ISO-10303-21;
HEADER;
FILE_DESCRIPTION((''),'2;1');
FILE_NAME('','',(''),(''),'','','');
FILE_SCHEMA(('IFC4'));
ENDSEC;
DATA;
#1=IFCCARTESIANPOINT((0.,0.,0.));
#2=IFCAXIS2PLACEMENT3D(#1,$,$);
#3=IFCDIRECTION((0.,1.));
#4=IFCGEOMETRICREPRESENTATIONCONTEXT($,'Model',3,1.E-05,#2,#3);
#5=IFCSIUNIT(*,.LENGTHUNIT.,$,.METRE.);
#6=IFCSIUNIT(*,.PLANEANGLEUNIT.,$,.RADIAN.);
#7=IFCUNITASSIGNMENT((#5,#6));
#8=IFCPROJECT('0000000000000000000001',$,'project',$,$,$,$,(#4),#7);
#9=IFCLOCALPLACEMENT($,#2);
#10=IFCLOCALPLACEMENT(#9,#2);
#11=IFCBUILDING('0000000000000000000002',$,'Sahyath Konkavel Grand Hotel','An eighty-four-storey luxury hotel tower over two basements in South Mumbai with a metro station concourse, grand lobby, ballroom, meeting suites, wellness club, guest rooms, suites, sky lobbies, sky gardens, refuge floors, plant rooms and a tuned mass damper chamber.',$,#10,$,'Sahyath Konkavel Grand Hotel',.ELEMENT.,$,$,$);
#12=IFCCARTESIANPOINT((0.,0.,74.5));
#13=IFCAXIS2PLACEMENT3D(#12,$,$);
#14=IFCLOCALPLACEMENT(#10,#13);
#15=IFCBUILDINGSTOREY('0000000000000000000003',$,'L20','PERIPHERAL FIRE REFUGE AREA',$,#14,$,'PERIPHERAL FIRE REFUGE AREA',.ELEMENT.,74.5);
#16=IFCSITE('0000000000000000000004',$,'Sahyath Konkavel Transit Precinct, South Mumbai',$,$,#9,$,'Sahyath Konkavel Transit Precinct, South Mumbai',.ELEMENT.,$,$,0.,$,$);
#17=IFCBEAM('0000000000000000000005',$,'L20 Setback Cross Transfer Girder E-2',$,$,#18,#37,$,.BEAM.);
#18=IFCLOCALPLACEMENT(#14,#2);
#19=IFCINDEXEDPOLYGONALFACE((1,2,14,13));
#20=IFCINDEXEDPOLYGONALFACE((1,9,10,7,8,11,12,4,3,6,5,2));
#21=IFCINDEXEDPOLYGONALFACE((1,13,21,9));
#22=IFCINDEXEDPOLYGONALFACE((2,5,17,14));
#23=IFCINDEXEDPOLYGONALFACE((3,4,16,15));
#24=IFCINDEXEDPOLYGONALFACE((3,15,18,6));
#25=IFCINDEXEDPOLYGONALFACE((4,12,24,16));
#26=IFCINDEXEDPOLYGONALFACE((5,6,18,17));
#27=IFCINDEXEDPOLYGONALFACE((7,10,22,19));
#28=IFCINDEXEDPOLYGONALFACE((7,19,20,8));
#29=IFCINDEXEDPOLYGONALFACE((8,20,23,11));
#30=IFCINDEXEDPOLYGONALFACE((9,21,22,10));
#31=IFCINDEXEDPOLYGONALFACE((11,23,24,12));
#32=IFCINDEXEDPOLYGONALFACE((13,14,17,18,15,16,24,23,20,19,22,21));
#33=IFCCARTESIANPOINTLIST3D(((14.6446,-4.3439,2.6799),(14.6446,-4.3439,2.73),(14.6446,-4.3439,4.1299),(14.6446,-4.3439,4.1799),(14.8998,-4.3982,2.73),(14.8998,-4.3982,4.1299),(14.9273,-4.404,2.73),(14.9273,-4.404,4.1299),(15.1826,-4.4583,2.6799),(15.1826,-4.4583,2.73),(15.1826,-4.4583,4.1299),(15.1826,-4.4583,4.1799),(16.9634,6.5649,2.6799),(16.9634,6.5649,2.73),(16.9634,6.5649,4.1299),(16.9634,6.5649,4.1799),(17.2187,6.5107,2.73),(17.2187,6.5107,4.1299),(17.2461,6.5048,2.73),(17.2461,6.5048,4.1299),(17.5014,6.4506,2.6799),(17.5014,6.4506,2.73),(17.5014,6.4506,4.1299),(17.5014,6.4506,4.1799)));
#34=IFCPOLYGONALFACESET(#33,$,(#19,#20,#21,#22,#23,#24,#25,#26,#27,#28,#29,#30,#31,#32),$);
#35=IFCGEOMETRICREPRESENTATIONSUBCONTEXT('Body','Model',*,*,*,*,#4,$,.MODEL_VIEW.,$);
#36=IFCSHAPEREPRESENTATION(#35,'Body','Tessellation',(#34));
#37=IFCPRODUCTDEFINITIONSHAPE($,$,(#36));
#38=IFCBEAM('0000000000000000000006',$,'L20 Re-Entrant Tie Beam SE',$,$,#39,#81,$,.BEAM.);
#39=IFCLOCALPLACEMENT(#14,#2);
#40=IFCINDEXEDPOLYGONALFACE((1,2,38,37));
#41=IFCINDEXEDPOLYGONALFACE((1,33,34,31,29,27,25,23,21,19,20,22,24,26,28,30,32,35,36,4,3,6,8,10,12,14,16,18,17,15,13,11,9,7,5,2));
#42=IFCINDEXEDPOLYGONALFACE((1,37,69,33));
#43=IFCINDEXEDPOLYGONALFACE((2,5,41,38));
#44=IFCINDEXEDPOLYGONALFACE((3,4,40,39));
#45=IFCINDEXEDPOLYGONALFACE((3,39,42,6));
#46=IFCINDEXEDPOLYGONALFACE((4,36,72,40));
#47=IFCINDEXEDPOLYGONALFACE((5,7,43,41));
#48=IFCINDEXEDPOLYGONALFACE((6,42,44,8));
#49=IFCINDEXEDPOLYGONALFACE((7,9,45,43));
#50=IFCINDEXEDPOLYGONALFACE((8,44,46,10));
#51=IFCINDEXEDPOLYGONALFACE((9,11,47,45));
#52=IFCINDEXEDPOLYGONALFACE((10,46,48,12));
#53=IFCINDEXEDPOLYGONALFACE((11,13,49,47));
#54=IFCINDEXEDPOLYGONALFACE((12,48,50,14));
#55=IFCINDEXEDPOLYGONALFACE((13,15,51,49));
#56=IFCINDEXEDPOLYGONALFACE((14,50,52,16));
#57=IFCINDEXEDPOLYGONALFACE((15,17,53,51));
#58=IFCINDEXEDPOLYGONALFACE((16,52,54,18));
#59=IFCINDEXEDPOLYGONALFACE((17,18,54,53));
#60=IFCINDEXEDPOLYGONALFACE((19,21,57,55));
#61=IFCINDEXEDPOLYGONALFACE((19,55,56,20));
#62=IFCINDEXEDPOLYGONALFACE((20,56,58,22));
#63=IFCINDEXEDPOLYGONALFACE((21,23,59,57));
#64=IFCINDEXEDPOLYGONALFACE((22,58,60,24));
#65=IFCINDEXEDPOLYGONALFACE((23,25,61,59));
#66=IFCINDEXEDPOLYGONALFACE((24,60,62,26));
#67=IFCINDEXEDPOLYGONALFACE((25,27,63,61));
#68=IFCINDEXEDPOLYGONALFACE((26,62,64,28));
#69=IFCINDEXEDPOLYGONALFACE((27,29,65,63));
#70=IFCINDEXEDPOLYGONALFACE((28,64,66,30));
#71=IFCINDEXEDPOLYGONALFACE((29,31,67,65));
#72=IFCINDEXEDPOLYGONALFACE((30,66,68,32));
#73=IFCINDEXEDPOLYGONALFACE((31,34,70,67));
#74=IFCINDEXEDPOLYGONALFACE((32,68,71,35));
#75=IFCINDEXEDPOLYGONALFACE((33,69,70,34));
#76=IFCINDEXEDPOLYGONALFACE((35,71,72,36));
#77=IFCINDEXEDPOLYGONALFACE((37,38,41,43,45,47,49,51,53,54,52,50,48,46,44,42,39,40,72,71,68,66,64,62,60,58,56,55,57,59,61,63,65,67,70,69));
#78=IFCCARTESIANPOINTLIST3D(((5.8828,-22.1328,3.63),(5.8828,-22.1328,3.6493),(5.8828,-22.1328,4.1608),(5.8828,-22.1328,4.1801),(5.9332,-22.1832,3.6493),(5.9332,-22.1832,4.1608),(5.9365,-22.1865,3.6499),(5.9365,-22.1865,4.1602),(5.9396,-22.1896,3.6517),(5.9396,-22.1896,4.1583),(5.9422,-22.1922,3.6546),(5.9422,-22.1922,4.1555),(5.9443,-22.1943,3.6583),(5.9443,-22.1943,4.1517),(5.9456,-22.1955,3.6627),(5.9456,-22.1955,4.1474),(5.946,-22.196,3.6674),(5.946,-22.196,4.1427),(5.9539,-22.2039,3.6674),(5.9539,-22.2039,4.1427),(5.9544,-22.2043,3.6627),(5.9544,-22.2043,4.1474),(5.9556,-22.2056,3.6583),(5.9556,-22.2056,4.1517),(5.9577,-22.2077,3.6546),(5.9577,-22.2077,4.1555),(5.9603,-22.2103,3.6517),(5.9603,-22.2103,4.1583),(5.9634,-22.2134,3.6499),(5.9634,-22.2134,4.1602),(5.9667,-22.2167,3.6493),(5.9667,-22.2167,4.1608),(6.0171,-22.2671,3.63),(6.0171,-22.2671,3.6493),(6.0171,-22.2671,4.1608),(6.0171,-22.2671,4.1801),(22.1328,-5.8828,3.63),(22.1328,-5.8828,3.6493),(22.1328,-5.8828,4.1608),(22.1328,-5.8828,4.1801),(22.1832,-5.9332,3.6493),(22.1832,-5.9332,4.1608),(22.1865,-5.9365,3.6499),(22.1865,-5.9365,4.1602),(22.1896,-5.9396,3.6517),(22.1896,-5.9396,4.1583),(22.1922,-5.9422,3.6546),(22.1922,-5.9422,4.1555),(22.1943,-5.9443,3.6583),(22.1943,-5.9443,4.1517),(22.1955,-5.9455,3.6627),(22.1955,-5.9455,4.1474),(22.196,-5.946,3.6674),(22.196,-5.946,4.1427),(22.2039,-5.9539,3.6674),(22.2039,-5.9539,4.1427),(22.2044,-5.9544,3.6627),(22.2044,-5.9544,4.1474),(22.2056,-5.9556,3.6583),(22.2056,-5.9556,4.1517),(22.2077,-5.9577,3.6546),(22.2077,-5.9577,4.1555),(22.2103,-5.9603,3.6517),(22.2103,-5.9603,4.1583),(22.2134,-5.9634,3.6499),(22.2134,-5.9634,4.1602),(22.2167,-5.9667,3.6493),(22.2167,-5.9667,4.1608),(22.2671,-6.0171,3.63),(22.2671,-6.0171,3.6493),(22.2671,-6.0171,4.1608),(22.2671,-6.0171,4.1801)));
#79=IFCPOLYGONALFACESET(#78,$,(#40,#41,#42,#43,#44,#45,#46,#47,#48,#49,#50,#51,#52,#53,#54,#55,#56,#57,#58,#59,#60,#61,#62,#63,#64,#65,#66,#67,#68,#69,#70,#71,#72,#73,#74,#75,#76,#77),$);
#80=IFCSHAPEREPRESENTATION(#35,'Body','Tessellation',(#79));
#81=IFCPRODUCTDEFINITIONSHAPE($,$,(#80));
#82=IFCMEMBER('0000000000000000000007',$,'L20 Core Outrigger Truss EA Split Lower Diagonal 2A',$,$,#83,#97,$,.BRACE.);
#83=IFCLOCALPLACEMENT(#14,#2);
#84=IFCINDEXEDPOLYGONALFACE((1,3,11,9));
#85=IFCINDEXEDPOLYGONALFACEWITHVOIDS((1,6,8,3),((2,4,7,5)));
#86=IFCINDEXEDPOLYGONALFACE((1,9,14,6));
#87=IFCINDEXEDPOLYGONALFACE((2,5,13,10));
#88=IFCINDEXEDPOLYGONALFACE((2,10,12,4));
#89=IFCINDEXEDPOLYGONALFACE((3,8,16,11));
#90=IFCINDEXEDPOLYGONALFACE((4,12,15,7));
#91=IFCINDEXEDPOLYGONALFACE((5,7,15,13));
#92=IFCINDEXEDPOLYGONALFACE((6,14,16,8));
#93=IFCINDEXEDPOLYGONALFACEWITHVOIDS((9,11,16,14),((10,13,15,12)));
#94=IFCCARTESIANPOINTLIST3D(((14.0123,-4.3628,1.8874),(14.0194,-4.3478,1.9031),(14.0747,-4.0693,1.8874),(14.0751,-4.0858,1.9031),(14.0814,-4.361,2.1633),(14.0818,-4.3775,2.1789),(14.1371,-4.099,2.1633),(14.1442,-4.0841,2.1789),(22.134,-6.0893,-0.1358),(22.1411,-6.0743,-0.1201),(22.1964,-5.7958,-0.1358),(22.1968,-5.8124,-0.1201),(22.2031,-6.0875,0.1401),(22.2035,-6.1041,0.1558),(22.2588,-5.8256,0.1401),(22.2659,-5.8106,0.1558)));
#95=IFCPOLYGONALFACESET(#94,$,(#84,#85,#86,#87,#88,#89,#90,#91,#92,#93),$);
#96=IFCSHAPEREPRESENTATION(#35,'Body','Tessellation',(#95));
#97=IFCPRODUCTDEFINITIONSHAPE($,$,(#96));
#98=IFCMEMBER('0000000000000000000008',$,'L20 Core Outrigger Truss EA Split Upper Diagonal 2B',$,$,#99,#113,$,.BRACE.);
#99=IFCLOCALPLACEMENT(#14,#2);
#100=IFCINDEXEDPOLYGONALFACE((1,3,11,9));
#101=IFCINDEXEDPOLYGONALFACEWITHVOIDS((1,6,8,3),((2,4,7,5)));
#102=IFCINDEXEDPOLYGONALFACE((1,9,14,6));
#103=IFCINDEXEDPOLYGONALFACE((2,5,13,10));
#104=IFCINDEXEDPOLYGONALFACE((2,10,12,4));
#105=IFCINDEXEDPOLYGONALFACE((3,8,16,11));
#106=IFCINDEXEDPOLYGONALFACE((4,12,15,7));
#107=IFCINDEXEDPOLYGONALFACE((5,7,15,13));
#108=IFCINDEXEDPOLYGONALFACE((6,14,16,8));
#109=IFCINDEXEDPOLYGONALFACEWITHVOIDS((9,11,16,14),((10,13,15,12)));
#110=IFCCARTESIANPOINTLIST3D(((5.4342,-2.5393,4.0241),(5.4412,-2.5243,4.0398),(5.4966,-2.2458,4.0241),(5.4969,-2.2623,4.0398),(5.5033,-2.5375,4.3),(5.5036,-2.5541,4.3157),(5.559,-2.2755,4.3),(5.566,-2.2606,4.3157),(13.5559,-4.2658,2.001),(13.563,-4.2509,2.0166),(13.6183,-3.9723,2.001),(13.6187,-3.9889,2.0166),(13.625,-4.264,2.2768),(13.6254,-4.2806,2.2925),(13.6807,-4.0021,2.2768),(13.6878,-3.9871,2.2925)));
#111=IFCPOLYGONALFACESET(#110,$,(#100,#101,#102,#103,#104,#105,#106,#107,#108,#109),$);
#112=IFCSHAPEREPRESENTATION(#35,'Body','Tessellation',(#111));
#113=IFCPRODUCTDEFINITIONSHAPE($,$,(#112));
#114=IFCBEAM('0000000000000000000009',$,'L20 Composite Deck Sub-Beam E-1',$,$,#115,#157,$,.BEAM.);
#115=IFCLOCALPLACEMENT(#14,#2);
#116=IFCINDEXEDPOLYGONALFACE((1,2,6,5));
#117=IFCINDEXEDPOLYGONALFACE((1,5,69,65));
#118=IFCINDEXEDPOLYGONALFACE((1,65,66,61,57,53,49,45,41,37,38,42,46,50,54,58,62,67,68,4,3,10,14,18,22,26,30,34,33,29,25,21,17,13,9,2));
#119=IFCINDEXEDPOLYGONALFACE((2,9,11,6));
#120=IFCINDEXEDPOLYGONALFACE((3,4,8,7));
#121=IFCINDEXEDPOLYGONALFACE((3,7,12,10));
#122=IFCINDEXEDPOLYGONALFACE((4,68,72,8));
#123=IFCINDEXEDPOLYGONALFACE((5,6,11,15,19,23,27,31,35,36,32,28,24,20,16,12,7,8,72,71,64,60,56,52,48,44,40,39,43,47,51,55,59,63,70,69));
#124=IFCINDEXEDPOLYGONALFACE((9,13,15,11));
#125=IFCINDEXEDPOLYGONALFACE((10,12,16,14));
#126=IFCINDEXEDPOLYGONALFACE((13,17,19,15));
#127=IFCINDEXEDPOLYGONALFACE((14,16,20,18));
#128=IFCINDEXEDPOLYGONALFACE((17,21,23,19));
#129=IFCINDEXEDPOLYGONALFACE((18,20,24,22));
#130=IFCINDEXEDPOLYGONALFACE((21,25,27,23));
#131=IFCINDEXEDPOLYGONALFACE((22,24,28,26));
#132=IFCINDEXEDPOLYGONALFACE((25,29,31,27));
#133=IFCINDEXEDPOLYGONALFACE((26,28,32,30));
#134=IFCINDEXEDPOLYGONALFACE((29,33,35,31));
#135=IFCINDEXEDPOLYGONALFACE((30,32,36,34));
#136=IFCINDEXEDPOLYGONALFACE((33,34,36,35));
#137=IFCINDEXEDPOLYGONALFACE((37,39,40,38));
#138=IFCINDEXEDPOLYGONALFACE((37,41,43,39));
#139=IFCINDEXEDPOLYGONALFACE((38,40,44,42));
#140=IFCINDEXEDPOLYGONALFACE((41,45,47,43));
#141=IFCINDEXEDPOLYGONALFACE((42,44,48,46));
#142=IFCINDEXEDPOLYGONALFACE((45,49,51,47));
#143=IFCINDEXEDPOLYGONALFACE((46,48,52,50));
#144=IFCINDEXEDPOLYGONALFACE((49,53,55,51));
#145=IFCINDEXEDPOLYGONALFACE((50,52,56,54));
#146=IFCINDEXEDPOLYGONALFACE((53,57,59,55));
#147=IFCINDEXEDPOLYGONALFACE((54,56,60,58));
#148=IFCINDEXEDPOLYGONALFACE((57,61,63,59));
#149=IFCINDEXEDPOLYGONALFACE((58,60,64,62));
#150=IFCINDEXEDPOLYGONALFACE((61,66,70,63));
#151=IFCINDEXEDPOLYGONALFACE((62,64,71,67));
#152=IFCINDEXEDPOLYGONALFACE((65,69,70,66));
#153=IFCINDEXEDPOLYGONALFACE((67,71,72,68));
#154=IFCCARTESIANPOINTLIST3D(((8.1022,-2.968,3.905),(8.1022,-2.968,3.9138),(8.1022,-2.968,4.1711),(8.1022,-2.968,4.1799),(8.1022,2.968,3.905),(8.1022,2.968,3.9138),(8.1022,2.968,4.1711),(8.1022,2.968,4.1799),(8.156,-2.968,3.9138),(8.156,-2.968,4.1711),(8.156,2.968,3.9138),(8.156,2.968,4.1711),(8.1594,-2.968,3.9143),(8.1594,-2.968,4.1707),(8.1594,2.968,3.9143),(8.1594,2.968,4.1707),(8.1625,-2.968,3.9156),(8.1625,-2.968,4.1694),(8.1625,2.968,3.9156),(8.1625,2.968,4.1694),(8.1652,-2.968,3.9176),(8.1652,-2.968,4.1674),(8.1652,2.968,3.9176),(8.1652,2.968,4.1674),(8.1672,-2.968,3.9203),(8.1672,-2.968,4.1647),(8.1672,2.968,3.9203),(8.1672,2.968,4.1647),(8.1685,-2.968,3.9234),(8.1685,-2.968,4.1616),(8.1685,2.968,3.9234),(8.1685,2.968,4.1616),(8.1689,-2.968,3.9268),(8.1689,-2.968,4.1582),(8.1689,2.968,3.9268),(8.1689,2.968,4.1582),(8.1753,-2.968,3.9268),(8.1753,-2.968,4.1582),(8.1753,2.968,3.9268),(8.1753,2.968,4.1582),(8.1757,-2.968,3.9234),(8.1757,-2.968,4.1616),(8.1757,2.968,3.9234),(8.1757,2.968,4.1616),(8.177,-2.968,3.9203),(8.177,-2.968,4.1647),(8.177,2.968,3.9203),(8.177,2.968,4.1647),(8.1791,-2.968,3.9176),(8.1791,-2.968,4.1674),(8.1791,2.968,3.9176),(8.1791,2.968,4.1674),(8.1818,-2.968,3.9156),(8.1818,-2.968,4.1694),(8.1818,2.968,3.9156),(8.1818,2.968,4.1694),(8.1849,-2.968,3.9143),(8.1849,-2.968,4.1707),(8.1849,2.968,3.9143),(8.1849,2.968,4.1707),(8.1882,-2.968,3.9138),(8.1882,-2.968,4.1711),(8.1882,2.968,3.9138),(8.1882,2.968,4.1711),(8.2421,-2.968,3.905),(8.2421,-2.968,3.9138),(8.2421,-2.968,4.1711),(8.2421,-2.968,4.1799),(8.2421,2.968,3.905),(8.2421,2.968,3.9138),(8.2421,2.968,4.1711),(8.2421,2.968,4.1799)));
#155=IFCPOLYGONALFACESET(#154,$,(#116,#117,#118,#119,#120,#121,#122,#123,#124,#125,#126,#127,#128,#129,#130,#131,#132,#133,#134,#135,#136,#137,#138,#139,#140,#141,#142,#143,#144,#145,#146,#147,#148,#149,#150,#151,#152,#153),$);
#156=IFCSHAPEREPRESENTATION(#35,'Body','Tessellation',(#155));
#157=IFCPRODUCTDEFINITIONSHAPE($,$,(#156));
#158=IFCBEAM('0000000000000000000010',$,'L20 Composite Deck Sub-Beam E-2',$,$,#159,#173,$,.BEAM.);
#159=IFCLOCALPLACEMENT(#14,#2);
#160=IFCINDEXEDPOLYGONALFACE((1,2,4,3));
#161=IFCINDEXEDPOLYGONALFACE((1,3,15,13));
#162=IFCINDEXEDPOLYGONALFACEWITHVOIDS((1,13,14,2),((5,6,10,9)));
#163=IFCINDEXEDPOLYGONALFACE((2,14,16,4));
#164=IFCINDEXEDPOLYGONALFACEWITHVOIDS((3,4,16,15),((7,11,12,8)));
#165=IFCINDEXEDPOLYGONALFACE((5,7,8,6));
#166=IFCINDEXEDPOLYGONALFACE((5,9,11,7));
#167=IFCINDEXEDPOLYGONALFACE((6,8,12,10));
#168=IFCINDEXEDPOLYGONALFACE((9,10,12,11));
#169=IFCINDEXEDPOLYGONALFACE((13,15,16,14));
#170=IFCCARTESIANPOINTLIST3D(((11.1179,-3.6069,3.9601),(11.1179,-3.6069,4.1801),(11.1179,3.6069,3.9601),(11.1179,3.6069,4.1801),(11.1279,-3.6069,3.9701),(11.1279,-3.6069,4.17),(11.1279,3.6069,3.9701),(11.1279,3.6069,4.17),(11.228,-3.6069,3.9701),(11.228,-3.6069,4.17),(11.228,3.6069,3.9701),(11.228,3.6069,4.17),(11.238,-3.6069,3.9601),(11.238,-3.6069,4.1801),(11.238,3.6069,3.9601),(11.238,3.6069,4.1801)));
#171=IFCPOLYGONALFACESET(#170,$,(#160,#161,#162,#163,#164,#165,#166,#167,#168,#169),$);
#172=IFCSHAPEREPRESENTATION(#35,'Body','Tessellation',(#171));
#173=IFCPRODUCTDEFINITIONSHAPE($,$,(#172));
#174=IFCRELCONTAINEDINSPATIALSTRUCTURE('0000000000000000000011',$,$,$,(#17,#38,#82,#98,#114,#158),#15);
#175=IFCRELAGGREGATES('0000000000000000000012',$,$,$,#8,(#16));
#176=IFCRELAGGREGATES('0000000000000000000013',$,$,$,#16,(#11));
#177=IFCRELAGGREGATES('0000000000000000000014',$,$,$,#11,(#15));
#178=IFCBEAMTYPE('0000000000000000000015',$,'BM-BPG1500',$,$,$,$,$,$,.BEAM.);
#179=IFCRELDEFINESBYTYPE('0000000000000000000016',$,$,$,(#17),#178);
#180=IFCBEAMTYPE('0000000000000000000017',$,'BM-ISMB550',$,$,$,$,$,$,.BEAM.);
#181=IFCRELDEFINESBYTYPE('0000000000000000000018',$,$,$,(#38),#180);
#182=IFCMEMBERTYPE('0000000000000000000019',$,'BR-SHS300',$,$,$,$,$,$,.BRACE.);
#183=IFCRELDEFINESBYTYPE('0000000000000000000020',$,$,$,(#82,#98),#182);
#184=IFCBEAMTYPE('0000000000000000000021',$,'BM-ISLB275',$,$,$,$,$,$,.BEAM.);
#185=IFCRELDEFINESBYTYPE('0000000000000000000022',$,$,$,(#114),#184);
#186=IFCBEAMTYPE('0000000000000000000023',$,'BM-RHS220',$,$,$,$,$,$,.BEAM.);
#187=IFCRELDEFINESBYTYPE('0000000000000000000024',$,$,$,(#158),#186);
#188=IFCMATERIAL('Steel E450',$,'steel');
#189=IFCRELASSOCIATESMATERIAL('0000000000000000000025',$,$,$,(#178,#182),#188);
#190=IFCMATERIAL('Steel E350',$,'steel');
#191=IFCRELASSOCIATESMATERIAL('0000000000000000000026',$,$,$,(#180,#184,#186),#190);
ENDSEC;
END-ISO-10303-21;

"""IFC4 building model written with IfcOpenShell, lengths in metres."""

from ifc_helpers import new_model, si_unit, direction, frame, origin, origin_2d, place, context, subcontext, project, spatial, hollow_rectangle, i_section, extrude, source, transform, mapped, material, material_profile, profile_set, type_object, element, save


model = new_model("IFC4")

# Units and contexts
model_context = context("Model", 3, precision=1e-05, world=origin(), true_north=direction((0.0, 1.0)))
body_context = subcontext(model_context, "Body", "Model", "MODEL_VIEW")
ifc_project = project(units=[si_unit("LENGTHUNIT", "METRE"), si_unit("PLANEANGLEUNIT", "RADIAN")], contexts=[model_context])

# Site, building, storey
site_placement = place(None, origin())
site = spatial("IfcSite", under=ifc_project, at=site_placement, Name="Sahyath Konkavel Transit Precinct, South Mumbai", LongName="Sahyath Konkavel Transit Precinct, South Mumbai", CompositionType="ELEMENT", RefElevation=0.0)
building_placement = place(site_placement, origin())
building = spatial("IfcBuilding", under=site, at=building_placement, Name="Sahyath Konkavel Grand Hotel", Description="An eighty-four-storey luxury hotel tower over two basements in South Mumbai with a metro station concourse, grand lobby, ballroom, meeting suites, wellness club, guest rooms, suites, sky lobbies, sky gardens, refuge floors, plant rooms and a tuned mass damper chamber.", LongName="Sahyath Konkavel Grand Hotel", CompositionType="ELEMENT")
storey_placement = place(building_placement, frame((0.0, 0.0, 74.5)))
storey = spatial("IfcBuildingStorey", under=building, at=storey_placement, Name="L20", Description="PERIPHERAL FIRE REFUGE AREA", LongName="PERIPHERAL FIRE REFUGE AREA", CompositionType="ELEMENT", Elevation=74.5)

# Beams
ifc_material_1 = material(Name="Steel E350", Category="steel")
ifc_material_2 = material(Name="Steel E450", Category="steel")
ifc_material_profile_1 = material_profile(ifc_material_2, i_section(OverallWidth=0.55, OverallDepth=1.5, WebThickness=0.0281, FlangeThickness=0.05, at=origin_2d()), Name="BPG 1500x550")
ifc_profile_set_1 = profile_set([ifc_material_profile_1], Name="Steel E450")
beam_type_1 = type_object("IfcBeamType", Name="BM-BPG1500", PredefinedType="BEAM", material=ifc_profile_set_1)
shared_shape_1 = source(origin(), body_context, "Body", "SweptSolid", [
    extrude(i_section(OverallWidth=0.55, OverallDepth=1.5, WebThickness=0.0281, FlangeThickness=0.05, at=origin_2d()), origin(), (0.0, 0.0, 1.0), 11.1526),
])
beam_1_placement = place(storey_placement, frame((14.9136, -4.4011, 3.4299), z_axis=(0.207919, 0.978146, 0.0), x_axis=(-0.978146, 0.207919, 0.0)))
element("IfcBeam", 1, at=beam_1_placement, inside=storey, type_object=beam_type_1, Name="L20 Setback Cross Transfer Girder E-2", PredefinedType="BEAM", context=body_context, shape_type="MappedRepresentation", body=[
    mapped(shared_shape_1, transform((0.0, 0.0, 0.0), scale=1.0)),
])
ifc_material_profile_2 = material_profile(ifc_material_1, i_section(OverallWidth=0.1899, OverallDepth=0.55, WebThickness=0.0112, FlangeThickness=0.0193, FilletRadius=0.0181, at=origin_2d()), Name="ISMB 550")
ifc_profile_set_2 = profile_set([ifc_material_profile_2], Name="Steel E350")
beam_type_2 = type_object("IfcBeamType", Name="BM-ISMB550", PredefinedType="BEAM", material=ifc_profile_set_2)
shared_shape_2 = source(origin(), body_context, "Body", "SweptSolid", [
    extrude(i_section(OverallWidth=0.1899, OverallDepth=0.55, WebThickness=0.0112, FlangeThickness=0.0193, FilletRadius=0.0181, at=origin_2d()), origin(), (0.0, 0.0, 1.0), 22.981),
])
beam_2_placement = place(storey_placement, frame((22.2, -5.95, 3.905), z_axis=(-0.707107, -0.707107, 0.0), x_axis=(0.707107, -0.707107, 0.0)))
element("IfcBeam", 2, at=beam_2_placement, inside=storey, type_object=beam_type_2, Name="L20 Re-Entrant Tie Beam SE", PredefinedType="BEAM", context=body_context, shape_type="MappedRepresentation", body=[
    mapped(shared_shape_2, transform((0.0, 0.0, 0.0), scale=1.0)),
])

# Members
ifc_material_profile_3 = material_profile(ifc_material_2, hollow_rectangle(XDim=0.3, YDim=0.3, WallThickness=0.0161, at=origin_2d()), Name="SHS 300x300x16")
ifc_profile_set_3 = profile_set([ifc_material_profile_3], Name="Steel E450")
member_type = type_object("IfcMemberType", Name="BR-SHS300", PredefinedType="BRACE", material=ifc_profile_set_3)
shared_shape_3 = source(origin(), body_context, "Body", "SweptSolid", [
    extrude(hollow_rectangle(XDim=0.3, YDim=0.3, WallThickness=0.0161, at=origin_2d()), origin(), (0.0, 0.0, 1.0), 8.5461),
])
for number, where, z_axis, x_axis, name in (
    (3, (22.2, -5.95, 0.01), (-0.950338, 0.202026, 0.236735), (-0.207936, -0.978142, 0.0), "L20 Core Outrigger Truss EA Split Lower Diagonal 2A"),
    (4, (13.6218, -4.1265, 2.1467), (-0.950338, 0.202026, 0.236735), (-0.207936, -0.978142, 0.0), "L20 Core Outrigger Truss EA Split Upper Diagonal 2B"),
):
    element("IfcMember", number, at=place(storey_placement, frame(where, z_axis=z_axis, x_axis=x_axis)), inside=storey, type_object=member_type, Name=name, PredefinedType="BRACE", context=body_context, shape_type="MappedRepresentation", body=[
        mapped(shared_shape_3, transform((0.0, 0.0, 0.0), scale=1.0)),
    ])

# Beams
ifc_material_profile_4 = material_profile(ifc_material_1, i_section(OverallWidth=0.1399, OverallDepth=0.2749, WebThickness=0.0063, FlangeThickness=0.0088, FilletRadius=0.0129, at=origin_2d()), Name="ISLB 275")
ifc_profile_set_4 = profile_set([ifc_material_profile_4], Name="Steel E350")
beam_type_3 = type_object("IfcBeamType", Name="BM-ISLB275", PredefinedType="BEAM", material=ifc_profile_set_4)
shared_shape_4 = source(origin(), body_context, "Body", "SweptSolid", [
    extrude(i_section(OverallWidth=0.1399, OverallDepth=0.2749, WebThickness=0.0063, FlangeThickness=0.0088, FilletRadius=0.0129, at=origin_2d()), origin(), (0.0, 0.0, 1.0), 5.936),
])
beam_3_placement = place(storey_placement, frame((8.1721, -2.968, 4.0425), z_axis=(0.0, 1.0, 0.0), x_axis=(-1.0, 0.0, 0.0)))
element("IfcBeam", 5, at=beam_3_placement, inside=storey, type_object=beam_type_3, Name="L20 Composite Deck Sub-Beam E-1", PredefinedType="BEAM", context=body_context, shape_type="MappedRepresentation", body=[
    mapped(shared_shape_4, transform((0.0, 0.0, 0.0), scale=1.0)),
])
ifc_material_profile_5 = material_profile(ifc_material_1, hollow_rectangle(XDim=0.1201, YDim=0.22, WallThickness=0.01, at=origin_2d()), Name="RHS 220x120x10")
ifc_profile_set_5 = profile_set([ifc_material_profile_5], Name="Steel E350")
beam_type_4 = type_object("IfcBeamType", Name="BM-RHS220", PredefinedType="BEAM", material=ifc_profile_set_5)
shared_shape_5 = source(origin(), body_context, "Body", "SweptSolid", [
    extrude(hollow_rectangle(XDim=0.1201, YDim=0.22, WallThickness=0.01, at=origin_2d()), origin(), (0.0, 0.0, 1.0), 7.2139),
])
beam_4_placement = place(storey_placement, frame((11.178, -3.6069, 4.0701), z_axis=(0.0, 1.0, 0.0), x_axis=(-1.0, 0.0, 0.0)))
element("IfcBeam", 6, at=beam_4_placement, inside=storey, type_object=beam_type_4, Name="L20 Composite Deck Sub-Beam E-2", PredefinedType="BEAM", context=body_context, shape_type="MappedRepresentation", body=[
    mapped(shared_shape_5, transform((0.0, 0.0, 0.0), scale=1.0)),
])

save(model, "model.ifc")
